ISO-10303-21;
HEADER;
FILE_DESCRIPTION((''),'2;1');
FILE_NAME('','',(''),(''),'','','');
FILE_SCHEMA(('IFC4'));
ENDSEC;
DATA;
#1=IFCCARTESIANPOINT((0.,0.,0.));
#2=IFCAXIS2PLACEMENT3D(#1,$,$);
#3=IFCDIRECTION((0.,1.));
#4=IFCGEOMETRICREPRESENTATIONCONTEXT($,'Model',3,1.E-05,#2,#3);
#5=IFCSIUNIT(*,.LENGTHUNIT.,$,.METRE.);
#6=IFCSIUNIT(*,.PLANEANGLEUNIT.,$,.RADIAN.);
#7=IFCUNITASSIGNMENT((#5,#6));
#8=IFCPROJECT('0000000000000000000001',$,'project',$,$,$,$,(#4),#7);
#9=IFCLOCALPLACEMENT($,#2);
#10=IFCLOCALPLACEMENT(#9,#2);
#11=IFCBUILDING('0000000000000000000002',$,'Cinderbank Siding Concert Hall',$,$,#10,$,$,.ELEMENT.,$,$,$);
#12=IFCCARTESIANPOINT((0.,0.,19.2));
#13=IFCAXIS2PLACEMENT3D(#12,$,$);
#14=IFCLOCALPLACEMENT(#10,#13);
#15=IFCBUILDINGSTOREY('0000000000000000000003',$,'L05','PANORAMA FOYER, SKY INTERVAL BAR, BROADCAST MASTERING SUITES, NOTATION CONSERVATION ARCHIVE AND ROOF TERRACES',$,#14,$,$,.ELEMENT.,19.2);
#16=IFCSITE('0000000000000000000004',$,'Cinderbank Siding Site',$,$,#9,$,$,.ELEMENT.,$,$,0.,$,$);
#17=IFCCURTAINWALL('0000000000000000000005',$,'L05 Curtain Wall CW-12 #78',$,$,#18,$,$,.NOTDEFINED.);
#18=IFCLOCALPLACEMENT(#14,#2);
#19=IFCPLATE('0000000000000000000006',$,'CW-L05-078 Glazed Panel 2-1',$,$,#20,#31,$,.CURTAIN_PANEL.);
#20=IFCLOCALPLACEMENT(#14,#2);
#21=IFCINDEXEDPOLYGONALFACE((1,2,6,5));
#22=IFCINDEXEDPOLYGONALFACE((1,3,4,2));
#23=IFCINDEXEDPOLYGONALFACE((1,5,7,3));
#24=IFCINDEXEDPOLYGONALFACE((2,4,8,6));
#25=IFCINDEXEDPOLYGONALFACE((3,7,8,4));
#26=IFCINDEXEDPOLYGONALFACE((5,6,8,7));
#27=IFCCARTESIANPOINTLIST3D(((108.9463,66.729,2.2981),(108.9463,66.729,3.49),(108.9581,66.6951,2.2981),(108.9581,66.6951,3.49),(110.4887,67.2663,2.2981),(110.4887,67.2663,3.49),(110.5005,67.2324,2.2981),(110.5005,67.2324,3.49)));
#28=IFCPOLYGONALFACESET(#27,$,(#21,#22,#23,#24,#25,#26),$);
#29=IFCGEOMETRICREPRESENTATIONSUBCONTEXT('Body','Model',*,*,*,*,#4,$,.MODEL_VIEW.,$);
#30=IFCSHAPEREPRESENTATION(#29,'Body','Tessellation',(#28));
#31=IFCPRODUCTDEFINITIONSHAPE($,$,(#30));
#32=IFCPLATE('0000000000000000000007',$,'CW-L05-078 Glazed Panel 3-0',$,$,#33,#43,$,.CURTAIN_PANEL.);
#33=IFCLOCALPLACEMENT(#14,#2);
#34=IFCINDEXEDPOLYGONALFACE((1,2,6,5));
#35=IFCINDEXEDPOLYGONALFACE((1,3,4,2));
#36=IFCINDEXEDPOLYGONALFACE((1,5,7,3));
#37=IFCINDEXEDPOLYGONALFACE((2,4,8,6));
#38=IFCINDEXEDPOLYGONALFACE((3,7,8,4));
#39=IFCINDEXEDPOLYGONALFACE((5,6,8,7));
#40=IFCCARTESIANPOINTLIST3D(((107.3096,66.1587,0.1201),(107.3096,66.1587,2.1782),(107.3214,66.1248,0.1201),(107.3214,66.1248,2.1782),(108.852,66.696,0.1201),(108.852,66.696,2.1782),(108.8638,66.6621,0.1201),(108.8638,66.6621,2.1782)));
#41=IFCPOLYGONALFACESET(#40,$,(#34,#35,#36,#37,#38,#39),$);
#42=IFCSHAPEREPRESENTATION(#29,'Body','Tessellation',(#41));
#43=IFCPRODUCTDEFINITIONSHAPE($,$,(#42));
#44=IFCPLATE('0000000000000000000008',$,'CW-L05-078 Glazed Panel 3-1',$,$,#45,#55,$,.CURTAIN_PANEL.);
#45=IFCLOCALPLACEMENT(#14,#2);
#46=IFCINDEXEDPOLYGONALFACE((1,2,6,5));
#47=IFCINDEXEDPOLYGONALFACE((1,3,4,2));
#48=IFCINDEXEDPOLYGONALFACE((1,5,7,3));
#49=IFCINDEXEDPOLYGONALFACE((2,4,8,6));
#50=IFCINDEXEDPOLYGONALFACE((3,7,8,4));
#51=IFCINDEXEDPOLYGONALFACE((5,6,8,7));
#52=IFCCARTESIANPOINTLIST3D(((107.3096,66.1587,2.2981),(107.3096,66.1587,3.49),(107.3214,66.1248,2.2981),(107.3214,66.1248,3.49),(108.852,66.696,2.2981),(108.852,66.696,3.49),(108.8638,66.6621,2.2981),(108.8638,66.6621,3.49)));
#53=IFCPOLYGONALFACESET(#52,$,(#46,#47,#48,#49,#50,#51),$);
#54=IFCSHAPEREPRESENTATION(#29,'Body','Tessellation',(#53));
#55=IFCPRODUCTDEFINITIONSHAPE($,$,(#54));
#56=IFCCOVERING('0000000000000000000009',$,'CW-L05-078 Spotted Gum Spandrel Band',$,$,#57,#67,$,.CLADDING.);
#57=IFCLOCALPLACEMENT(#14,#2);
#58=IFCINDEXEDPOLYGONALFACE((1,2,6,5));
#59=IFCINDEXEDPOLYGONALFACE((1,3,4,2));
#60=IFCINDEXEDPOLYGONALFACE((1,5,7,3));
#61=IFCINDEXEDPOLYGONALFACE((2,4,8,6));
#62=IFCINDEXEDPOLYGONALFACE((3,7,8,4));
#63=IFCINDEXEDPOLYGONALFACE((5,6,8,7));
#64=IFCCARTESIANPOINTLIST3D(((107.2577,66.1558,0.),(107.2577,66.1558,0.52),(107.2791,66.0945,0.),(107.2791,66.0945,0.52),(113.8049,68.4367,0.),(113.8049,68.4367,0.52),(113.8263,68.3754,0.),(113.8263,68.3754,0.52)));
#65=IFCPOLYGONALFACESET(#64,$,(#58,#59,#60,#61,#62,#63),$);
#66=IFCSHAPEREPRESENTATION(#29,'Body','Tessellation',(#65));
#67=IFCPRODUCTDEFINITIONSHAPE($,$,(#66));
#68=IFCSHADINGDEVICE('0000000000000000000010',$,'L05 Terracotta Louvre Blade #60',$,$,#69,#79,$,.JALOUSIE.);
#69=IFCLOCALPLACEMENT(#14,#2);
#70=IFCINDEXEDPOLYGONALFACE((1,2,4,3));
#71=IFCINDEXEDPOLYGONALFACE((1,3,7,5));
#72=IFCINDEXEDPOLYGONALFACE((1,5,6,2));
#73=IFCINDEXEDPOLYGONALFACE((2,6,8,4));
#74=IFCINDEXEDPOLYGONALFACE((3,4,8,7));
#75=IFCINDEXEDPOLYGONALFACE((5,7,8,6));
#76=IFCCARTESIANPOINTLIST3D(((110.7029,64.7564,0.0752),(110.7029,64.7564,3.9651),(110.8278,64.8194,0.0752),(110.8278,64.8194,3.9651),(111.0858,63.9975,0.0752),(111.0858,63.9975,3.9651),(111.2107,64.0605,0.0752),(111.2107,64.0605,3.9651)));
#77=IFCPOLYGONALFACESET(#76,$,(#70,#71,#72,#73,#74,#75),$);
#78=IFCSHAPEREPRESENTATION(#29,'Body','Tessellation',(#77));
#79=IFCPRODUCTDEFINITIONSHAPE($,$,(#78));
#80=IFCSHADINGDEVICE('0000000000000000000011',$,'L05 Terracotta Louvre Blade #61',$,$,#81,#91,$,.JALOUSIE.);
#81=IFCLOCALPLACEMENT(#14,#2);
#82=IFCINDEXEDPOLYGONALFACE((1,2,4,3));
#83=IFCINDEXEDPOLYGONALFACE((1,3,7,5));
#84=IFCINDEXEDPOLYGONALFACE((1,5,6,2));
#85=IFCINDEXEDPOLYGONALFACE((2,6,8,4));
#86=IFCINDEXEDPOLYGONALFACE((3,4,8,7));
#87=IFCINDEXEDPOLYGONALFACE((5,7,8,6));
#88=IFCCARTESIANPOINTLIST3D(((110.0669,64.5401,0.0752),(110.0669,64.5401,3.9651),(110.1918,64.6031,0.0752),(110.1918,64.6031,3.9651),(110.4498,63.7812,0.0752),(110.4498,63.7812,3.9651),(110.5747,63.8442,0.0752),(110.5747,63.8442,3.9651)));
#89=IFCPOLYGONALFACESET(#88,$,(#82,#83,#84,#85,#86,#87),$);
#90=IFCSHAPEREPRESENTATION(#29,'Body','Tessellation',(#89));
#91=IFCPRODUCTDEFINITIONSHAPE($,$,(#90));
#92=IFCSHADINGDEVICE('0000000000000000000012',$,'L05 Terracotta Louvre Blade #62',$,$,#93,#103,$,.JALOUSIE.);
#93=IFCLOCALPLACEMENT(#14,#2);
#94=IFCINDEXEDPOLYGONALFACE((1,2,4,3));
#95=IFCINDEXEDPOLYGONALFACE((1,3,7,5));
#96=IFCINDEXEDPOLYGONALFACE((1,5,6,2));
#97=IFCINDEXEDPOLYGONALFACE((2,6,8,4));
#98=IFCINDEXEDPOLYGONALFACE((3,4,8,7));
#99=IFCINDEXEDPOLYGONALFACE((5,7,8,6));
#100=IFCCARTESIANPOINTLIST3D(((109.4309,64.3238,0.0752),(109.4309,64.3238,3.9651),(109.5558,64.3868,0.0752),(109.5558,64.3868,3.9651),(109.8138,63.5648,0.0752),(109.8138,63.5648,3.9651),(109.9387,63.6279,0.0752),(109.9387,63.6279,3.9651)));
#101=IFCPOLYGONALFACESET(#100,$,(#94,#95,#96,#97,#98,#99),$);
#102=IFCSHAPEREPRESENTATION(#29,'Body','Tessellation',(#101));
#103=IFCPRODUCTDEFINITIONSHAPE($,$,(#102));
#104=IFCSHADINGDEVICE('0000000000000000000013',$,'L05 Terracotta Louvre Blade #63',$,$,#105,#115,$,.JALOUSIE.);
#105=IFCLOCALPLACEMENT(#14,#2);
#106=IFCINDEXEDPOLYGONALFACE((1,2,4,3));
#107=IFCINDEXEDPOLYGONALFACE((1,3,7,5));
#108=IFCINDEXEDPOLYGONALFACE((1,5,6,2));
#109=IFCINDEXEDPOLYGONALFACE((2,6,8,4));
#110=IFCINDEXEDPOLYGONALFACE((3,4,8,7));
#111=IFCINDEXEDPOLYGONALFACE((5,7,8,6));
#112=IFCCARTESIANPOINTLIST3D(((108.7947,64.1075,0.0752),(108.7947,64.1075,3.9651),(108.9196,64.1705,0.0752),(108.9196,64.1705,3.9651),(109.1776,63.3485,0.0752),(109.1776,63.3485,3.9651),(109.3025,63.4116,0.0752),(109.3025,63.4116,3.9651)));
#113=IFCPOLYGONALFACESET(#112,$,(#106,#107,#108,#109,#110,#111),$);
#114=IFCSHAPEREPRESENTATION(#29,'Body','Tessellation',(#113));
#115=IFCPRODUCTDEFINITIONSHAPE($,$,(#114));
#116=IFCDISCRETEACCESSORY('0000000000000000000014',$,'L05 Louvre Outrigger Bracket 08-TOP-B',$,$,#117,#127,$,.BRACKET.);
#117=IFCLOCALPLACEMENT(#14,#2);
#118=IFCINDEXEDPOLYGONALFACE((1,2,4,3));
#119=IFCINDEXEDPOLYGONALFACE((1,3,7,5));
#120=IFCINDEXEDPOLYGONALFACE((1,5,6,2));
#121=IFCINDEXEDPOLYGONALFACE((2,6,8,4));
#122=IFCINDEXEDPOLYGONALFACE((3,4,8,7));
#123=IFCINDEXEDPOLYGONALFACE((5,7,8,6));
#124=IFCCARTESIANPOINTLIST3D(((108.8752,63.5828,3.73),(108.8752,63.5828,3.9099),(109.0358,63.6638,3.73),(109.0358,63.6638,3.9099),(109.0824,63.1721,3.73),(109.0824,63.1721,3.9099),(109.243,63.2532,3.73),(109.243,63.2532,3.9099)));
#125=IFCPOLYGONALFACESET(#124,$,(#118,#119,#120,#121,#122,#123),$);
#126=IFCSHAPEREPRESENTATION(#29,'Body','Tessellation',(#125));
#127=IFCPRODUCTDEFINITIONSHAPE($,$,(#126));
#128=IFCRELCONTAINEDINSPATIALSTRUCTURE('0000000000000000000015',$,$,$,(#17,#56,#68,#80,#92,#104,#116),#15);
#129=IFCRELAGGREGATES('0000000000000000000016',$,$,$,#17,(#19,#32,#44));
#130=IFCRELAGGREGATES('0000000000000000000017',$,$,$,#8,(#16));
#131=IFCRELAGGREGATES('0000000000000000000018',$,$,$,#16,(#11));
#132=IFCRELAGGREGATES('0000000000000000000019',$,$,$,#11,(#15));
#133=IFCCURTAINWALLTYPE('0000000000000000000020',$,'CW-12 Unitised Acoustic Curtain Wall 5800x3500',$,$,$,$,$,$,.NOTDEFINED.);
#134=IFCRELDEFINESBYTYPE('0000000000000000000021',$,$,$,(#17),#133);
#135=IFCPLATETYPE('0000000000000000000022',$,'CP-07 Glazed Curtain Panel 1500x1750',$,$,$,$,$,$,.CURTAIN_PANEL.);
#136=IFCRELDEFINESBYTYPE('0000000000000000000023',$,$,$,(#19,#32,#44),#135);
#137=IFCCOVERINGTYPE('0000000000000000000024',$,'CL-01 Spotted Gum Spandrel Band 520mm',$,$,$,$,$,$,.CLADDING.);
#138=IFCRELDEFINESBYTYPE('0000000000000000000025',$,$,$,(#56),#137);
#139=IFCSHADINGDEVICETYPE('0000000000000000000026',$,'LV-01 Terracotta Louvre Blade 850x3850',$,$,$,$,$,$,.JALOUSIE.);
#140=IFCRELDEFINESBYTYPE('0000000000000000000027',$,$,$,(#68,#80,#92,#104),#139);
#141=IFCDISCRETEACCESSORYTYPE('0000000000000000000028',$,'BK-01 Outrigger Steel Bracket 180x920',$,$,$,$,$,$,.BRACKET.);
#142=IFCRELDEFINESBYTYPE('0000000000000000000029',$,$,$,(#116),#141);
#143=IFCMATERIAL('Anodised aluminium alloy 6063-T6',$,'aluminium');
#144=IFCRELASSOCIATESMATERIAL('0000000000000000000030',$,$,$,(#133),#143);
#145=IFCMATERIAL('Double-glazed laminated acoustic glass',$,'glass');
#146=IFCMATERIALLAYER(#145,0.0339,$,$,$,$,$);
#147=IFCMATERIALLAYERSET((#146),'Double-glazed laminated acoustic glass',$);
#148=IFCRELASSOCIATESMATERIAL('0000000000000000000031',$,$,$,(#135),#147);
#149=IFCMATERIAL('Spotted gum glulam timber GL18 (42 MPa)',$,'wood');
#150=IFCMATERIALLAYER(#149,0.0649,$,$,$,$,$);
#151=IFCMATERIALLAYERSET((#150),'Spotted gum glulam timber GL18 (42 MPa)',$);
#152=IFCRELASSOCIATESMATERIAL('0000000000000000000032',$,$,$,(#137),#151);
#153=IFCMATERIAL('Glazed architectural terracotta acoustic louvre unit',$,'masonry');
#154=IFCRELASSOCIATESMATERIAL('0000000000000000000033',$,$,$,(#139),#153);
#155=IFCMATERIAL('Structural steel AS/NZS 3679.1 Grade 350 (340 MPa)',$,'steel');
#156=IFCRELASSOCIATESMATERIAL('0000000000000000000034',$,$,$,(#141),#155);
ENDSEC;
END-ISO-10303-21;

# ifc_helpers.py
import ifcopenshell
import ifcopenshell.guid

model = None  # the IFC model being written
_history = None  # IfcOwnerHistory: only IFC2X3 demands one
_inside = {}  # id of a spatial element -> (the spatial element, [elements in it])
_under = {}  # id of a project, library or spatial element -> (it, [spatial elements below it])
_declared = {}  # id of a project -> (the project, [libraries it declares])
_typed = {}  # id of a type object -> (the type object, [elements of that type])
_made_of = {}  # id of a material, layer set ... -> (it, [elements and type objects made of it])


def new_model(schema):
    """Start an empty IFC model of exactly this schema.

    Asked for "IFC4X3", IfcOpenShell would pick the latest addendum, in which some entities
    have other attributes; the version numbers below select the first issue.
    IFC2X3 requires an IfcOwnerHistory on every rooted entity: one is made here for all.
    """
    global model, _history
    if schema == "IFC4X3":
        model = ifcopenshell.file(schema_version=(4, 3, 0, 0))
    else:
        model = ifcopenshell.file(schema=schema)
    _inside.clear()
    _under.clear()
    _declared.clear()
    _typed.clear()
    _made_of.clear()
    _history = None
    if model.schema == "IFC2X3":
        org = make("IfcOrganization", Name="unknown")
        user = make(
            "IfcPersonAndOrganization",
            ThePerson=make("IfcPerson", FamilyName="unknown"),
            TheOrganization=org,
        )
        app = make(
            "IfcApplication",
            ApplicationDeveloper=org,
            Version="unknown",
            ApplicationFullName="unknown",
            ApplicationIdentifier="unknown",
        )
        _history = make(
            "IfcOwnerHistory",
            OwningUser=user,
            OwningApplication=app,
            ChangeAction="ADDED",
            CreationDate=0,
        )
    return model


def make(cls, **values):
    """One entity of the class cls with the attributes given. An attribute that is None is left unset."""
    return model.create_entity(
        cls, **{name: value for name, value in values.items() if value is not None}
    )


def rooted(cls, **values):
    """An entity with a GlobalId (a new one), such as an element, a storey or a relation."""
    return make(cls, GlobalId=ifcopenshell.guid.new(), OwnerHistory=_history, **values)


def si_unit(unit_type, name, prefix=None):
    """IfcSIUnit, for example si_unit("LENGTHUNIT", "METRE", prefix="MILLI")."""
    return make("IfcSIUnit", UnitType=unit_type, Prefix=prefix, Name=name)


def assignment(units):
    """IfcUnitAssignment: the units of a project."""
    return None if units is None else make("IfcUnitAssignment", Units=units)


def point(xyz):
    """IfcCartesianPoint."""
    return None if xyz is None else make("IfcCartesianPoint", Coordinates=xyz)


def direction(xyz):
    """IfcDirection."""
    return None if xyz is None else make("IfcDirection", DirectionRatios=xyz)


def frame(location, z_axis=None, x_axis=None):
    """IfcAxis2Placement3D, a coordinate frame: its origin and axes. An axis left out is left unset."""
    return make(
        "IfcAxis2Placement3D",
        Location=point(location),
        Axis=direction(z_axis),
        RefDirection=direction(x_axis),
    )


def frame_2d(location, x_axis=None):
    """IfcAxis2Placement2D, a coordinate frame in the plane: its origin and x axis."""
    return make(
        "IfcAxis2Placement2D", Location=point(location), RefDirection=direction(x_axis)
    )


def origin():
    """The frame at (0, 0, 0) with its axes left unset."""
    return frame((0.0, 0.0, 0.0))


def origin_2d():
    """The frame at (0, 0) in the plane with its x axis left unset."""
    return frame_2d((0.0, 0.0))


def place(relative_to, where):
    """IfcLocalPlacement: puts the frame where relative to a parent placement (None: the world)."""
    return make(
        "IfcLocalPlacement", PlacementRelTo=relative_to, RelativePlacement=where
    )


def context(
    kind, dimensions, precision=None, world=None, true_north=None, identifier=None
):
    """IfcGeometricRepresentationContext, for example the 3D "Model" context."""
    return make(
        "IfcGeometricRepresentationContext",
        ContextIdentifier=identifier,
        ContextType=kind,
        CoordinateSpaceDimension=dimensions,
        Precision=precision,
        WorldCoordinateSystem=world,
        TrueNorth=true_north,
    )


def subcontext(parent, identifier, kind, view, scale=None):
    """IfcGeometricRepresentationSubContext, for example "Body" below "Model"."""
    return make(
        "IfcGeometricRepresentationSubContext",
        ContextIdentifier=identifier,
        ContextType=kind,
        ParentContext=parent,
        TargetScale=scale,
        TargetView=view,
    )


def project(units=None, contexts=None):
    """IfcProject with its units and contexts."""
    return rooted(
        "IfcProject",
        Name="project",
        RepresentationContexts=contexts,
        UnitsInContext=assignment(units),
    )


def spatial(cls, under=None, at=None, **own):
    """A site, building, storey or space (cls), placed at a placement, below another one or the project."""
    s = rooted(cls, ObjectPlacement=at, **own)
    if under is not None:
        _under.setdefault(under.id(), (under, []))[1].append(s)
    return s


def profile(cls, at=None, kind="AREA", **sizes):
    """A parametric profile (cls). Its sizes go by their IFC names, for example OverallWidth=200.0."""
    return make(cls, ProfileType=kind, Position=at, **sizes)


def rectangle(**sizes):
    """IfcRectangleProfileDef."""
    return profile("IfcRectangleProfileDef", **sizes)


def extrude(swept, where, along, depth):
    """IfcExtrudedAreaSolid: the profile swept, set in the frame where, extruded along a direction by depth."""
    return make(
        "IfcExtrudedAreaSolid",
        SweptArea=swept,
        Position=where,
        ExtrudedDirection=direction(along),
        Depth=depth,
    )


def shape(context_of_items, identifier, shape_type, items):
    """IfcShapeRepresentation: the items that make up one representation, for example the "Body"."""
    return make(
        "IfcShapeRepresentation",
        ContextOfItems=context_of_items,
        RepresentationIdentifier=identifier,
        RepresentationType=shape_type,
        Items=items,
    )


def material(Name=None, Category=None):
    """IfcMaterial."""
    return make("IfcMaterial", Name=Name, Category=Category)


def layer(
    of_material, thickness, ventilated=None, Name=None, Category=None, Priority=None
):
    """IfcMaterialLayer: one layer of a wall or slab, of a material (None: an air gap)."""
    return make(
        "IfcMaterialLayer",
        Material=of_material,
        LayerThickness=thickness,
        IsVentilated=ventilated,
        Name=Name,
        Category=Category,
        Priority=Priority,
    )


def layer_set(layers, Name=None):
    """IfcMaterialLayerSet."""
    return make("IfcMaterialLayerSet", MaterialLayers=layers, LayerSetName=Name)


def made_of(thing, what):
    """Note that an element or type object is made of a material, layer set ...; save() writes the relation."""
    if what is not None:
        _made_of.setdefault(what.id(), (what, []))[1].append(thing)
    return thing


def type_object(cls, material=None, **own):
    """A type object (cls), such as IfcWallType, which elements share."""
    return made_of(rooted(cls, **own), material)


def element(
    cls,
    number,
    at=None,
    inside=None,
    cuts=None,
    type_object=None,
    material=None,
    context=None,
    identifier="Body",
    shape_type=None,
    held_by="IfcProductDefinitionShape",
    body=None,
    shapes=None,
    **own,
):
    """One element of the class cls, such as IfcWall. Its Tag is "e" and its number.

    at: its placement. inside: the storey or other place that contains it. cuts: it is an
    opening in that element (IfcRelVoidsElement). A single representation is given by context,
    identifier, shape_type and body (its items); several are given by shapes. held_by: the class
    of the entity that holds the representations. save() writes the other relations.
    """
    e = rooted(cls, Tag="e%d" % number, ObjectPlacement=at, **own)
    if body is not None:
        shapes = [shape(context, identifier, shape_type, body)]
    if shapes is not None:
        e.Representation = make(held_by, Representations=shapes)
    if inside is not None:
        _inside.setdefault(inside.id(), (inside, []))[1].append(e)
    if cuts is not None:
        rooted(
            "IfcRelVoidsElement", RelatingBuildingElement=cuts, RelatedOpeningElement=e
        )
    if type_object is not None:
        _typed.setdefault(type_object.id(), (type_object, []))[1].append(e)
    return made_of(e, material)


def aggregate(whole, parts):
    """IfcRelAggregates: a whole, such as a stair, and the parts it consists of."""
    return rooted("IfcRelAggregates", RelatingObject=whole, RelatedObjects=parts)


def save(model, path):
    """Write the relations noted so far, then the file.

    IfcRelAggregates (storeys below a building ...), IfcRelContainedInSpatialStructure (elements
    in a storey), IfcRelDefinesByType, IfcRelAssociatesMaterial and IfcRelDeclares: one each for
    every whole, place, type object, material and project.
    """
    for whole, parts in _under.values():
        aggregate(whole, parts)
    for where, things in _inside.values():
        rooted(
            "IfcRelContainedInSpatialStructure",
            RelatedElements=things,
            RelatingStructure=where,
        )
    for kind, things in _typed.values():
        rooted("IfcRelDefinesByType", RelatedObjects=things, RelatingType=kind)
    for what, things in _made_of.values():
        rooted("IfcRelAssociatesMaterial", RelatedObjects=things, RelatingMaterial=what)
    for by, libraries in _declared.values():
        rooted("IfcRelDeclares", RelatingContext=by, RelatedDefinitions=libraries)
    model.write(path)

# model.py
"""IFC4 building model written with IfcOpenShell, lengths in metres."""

from ifc_helpers import new_model, si_unit, direction, frame, origin, origin_2d, place, context, subcontext, project, spatial, rectangle, extrude, material, layer, layer_set, type_object, element, aggregate, save


model = new_model("IFC4")

# Units and contexts
model_context = context("Model", 3, precision=1e-05, world=origin(), true_north=direction((0.0, 1.0)))
body_context = subcontext(model_context, "Body", "Model", "MODEL_VIEW")
ifc_project = project(units=[si_unit("LENGTHUNIT", "METRE"), si_unit("PLANEANGLEUNIT", "RADIAN")], contexts=[model_context])

# Site, building, storey
site_placement = place(None, origin())
site = spatial("IfcSite", under=ifc_project, at=site_placement, Name="Cinderbank Siding Site", CompositionType="ELEMENT", RefElevation=0.0)
building_placement = place(site_placement, origin())
building = spatial("IfcBuilding", under=site, at=building_placement, Name="Cinderbank Siding Concert Hall", CompositionType="ELEMENT")
storey_placement = place(building_placement, frame((0.0, 0.0, 19.2)))
storey = spatial("IfcBuildingStorey", under=building, at=storey_placement, Name="L05", Description="PANORAMA FOYER, SKY INTERVAL BAR, BROADCAST MASTERING SUITES, NOTATION CONSERVATION ARCHIVE AND ROOF TERRACES", CompositionType="ELEMENT", Elevation=19.2)

# Curtain wall, plates
ifc_material_1 = material(Name="Anodised aluminium alloy 6063-T6", Category="aluminium")
curtain_wall_type = type_object("IfcCurtainWallType", Name="CW-12 Unitised Acoustic Curtain Wall 5800x3500", PredefinedType="NOTDEFINED", material=ifc_material_1)
curtain_wall_placement = place(storey_placement, origin())
curtain_wall = element("IfcCurtainWall", 1, at=curtain_wall_placement, inside=storey, type_object=curtain_wall_type, Name="L05 Curtain Wall CW-12 #78", PredefinedType="NOTDEFINED")
ifc_material_2 = material(Name="Double-glazed laminated acoustic glass", Category="glass")
ifc_layer_1 = layer(ifc_material_2, 0.0339)
ifc_layer_set_1 = layer_set([ifc_layer_1], Name="Double-glazed laminated acoustic glass")
plate_type = type_object("IfcPlateType", Name="CP-07 Glazed Curtain Panel 1500x1750", PredefinedType="CURTAIN_PANEL", material=ifc_layer_set_1)
plate_1_placement = place(storey_placement, frame((109.7234, 66.9807, 2.2981), z_axis=(0.0, 0.0, 1.0), x_axis=(-0.944334, -0.328988, 0.0)))
plate_1 = element("IfcPlate", 2, at=plate_1_placement, type_object=plate_type, Name="CW-L05-078 Glazed Panel 2-1", PredefinedType="CURTAIN_PANEL", context=body_context, shape_type="SweptSolid", body=[
    extrude(rectangle(XDim=1.6333, YDim=0.0359, at=origin_2d()), origin(), (0.0, 0.0, 1.0), 1.1919),
])
plate_2_placement = place(storey_placement, frame((108.0867, 66.4104, 0.1201), z_axis=(0.0, 0.0, 1.0), x_axis=(-0.944334, -0.328988, 0.0)))
plate_2 = element("IfcPlate", 3, at=plate_2_placement, type_object=plate_type, Name="CW-L05-078 Glazed Panel 3-0", PredefinedType="CURTAIN_PANEL", context=body_context, shape_type="SweptSolid", body=[
    extrude(rectangle(XDim=1.6333, YDim=0.0359, at=origin_2d()), origin(), (0.0, 0.0, 1.0), 2.0581),
])
plate_3_placement = place(storey_placement, frame((108.0867, 66.4104, 2.2981), z_axis=(0.0, 0.0, 1.0), x_axis=(-0.944334, -0.328988, 0.0)))
plate_3 = element("IfcPlate", 4, at=plate_3_placement, type_object=plate_type, Name="CW-L05-078 Glazed Panel 3-1", PredefinedType="CURTAIN_PANEL", context=body_context, shape_type="SweptSolid", body=[
    extrude(rectangle(XDim=1.6333, YDim=0.0359, at=origin_2d()), origin(), (0.0, 0.0, 1.0), 1.1919),
])
aggregate(curtain_wall, [plate_1, plate_2, plate_3])

# Covering
ifc_material_3 = material(Name="Spotted gum glulam timber GL18 (42 MPa)", Category="wood")
ifc_layer_2 = layer(ifc_material_3, 0.0649)
ifc_layer_set_2 = layer_set([ifc_layer_2], Name="Spotted gum glulam timber GL18 (42 MPa)")
covering_type = type_object("IfcCoveringType", Name="CL-01 Spotted Gum Spandrel Band 520mm", PredefinedType="CLADDING", material=ifc_layer_set_2)
covering_placement = place(storey_placement, frame((110.542, 67.2656, 0.0), z_axis=(0.0, 0.0, 1.0), x_axis=(-0.944334, -0.328988, 0.0)))
element("IfcCovering", 5, at=covering_placement, inside=storey, type_object=covering_type, Name="CW-L05-078 Spotted Gum Spandrel Band", PredefinedType="CLADDING", context=body_context, shape_type="SweptSolid", body=[
    extrude(rectangle(XDim=6.9331, YDim=0.0649, at=origin_2d()), origin(), (0.0, 0.0, 1.0), 0.52),
])

# Shading devices
ifc_material_4 = material(Name="Glazed architectural terracotta acoustic louvre unit", Category="masonry")
shading_device_type = type_object("IfcShadingDeviceType", Name="LV-01 Terracotta Louvre Blade 850x3850", PredefinedType="JALOUSIE", material=ifc_material_4)
for number, where, z_axis, x_axis, name in (
    (6, (110.9568, 64.4084, 0.0752), (0.0, 0.0, 1.0), (-0.450487, 0.892783, 0.0), "L05 Terracotta Louvre Blade #60"),
    (7, (110.3208, 64.1921, 0.0752), (0.0, 0.0, 1.0), (-0.450487, 0.892783, 0.0), "L05 Terracotta Louvre Blade #61"),
    (8, (109.6848, 63.9758, 0.0752), (0.0, 0.0, 1.0), (-0.450487, 0.892783, 0.0), "L05 Terracotta Louvre Blade #62"),
    (9, (109.0486, 63.7595, 0.0752), (0.0, 0.0, 1.0), (-0.450487, 0.892783, 0.0), "L05 Terracotta Louvre Blade #63"),
):
    element("IfcShadingDevice", number, at=place(storey_placement, frame(where, z_axis=z_axis, x_axis=x_axis)), inside=storey, type_object=shading_device_type, Name=name, PredefinedType="JALOUSIE", context=body_context, shape_type="SweptSolid", body=[
        extrude(rectangle(XDim=0.8501, YDim=0.1399, at=origin_2d()), origin(), (0.0, 0.0, 1.0), 3.8899),
    ])

# Discrete accessory
ifc_material_5 = material(Name="Structural steel AS/NZS 3679.1 Grade 350 (340 MPa)", Category="steel")
discrete_accessory_type = type_object("IfcDiscreteAccessoryType", Name="BK-01 Outrigger Steel Bracket 180x920", PredefinedType="BRACKET", material=ifc_material_5)
discrete_accessory_placement = place(storey_placement, frame((109.0591, 63.418, 3.73), z_axis=(0.0, 0.0, 1.0), x_axis=(-0.450487, 0.892783, 0.0)))
element("IfcDiscreteAccessory", 10, at=discrete_accessory_placement, inside=storey, type_object=discrete_accessory_type, Name="L05 Louvre Outrigger Bracket 08-TOP-B", PredefinedType="BRACKET", context=body_context, shape_type="SweptSolid", body=[
    extrude(rectangle(XDim=0.46, YDim=0.1799, at=origin_2d()), origin(), (0.0, 0.0, 1.0), 0.1799),
])

save(model, "model.ifc")
